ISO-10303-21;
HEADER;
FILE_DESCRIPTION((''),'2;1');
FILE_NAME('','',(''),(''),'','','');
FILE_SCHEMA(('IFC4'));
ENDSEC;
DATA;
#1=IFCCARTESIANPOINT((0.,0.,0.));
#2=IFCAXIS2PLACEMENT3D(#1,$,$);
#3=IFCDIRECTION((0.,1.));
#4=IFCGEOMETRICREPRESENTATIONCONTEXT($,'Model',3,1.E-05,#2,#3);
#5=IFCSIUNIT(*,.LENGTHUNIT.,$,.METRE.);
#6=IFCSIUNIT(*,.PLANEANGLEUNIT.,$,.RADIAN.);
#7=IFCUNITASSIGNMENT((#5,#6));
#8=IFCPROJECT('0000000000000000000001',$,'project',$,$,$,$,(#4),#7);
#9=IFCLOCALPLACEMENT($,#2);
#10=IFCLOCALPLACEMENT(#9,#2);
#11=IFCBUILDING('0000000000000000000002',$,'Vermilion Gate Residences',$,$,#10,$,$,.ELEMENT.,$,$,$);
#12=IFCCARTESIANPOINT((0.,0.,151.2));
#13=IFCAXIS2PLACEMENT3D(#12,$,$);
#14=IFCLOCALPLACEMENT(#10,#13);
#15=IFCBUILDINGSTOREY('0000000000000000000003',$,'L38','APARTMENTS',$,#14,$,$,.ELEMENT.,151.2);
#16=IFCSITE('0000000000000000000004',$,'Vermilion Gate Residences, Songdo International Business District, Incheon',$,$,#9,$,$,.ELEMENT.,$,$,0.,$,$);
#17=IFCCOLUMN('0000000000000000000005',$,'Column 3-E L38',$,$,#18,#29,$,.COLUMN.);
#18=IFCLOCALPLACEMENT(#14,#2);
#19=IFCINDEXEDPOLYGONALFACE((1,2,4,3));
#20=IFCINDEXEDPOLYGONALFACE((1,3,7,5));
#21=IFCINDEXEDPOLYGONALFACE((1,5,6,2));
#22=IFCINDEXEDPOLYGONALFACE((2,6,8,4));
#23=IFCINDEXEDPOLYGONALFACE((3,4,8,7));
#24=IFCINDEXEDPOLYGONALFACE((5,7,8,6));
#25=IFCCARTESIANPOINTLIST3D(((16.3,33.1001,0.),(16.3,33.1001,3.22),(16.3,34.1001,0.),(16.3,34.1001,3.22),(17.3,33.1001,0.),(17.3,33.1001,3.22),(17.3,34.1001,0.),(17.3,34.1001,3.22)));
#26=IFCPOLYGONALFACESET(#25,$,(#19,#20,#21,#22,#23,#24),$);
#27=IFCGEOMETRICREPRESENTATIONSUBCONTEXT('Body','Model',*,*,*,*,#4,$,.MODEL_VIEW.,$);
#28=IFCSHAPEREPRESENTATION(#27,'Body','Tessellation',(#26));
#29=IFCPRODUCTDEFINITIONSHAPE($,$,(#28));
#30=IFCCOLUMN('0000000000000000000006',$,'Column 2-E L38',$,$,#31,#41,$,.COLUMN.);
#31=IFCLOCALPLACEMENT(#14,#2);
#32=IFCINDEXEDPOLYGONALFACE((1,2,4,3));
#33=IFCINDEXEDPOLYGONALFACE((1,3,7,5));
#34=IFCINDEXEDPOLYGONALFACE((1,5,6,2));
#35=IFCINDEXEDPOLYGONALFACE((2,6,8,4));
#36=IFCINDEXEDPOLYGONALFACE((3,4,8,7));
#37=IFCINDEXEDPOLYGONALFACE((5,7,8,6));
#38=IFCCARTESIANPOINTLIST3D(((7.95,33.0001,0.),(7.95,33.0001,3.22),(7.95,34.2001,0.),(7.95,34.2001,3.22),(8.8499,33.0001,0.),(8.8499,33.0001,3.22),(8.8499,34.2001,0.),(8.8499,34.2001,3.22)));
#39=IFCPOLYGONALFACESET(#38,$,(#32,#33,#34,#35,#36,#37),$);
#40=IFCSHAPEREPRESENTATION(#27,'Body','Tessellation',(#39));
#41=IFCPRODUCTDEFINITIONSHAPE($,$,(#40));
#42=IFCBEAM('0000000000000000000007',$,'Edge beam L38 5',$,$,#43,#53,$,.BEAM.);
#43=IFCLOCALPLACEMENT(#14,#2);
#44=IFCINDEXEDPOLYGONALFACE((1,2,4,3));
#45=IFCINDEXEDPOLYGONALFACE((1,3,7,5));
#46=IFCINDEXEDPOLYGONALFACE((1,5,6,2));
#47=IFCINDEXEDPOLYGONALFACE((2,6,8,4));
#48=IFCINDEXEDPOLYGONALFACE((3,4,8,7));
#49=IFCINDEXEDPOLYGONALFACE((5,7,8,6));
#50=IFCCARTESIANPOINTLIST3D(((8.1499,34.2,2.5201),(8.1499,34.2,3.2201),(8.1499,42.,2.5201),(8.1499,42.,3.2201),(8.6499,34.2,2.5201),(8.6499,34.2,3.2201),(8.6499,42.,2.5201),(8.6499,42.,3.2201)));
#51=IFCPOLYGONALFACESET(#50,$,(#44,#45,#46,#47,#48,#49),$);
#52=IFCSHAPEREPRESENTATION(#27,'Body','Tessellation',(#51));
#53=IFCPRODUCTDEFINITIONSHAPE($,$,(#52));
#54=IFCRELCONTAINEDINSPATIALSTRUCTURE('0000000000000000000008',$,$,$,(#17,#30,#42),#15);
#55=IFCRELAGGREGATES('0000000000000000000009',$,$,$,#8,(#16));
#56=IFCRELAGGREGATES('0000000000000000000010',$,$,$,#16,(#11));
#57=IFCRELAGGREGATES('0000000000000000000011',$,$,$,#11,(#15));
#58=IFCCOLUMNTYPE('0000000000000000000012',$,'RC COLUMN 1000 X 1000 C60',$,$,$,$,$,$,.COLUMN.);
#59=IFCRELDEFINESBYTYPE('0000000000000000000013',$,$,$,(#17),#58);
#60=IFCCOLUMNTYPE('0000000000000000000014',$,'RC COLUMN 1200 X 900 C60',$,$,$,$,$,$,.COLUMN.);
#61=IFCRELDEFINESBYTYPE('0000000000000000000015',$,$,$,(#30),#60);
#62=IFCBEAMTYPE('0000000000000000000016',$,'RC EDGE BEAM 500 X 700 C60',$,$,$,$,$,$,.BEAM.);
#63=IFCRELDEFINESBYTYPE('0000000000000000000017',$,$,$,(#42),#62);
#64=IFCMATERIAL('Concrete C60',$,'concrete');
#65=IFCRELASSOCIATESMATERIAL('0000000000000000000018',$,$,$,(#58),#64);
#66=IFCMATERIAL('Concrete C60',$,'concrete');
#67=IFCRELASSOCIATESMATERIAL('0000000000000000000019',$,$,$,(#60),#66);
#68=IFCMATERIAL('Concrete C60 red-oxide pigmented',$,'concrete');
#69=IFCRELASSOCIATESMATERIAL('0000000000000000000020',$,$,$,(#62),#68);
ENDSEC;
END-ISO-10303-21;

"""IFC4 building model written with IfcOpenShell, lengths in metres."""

from ifc_helpers import new_model, si_unit, direction, frame, origin, origin_2d, place, context, subcontext, project, spatial, rectangle, extrude, material, material_profile, profile_set, type_object, element, save


model = new_model("IFC4")

# Units and contexts
model_context = context("Model", 3, precision=1e-05, world=origin(), true_north=direction((0.0, 1.0)))
body_context = subcontext(model_context, "Body", "Model", "MODEL_VIEW")
ifc_project = project(units=[si_unit("LENGTHUNIT", "METRE"), si_unit("PLANEANGLEUNIT", "RADIAN")], contexts=[model_context])

# Site, building, storey
site_placement = place(None, origin())
site = spatial("IfcSite", under=ifc_project, at=site_placement, Name="Vermilion Gate Residences, Songdo International Business District, Incheon", CompositionType="ELEMENT", RefElevation=0.0)
building_placement = place(site_placement, origin())
building = spatial("IfcBuilding", under=site, at=building_placement, Name="Vermilion Gate Residences", CompositionType="ELEMENT")
storey_placement = place(building_placement, frame((0.0, 0.0, 151.2)))
storey = spatial("IfcBuildingStorey", under=building, at=storey_placement, Name="L38", Description="APARTMENTS", CompositionType="ELEMENT", Elevation=151.2)

# Columns
ifc_material_1 = material(Name="Concrete C60", Category="concrete")
ifc_material_profile_1 = material_profile(ifc_material_1, rectangle(XDim=1.0, YDim=1.0, at=origin_2d()), Name="RC-1000x1000")
ifc_profile_set_1 = profile_set([ifc_material_profile_1], Name="Concrete C60")
column_type_1 = type_object("IfcColumnType", Name="RC COLUMN 1000 X 1000 C60", PredefinedType="COLUMN", material=ifc_profile_set_1)
column_1_placement = place(storey_placement, frame((16.8, 33.6001, 0.0), z_axis=(0.0, 0.0, 1.0), x_axis=(1.0, 0.0, 0.0)))
element("IfcColumn", 1, at=column_1_placement, inside=storey, type_object=column_type_1, Name="Column 3-E L38", PredefinedType="COLUMN", context=body_context, shape_type="SweptSolid", body=[
    extrude(rectangle(XDim=1.0, YDim=1.0, at=origin_2d()), origin(), (0.0, 0.0, 1.0), 3.22),
])
ifc_material_2 = material(Name="Concrete C60", Category="concrete")
ifc_material_profile_2 = material_profile(ifc_material_2, rectangle(XDim=1.2, YDim=0.8999, at=origin_2d()), Name="RC-1200x900")
ifc_profile_set_2 = profile_set([ifc_material_profile_2], Name="Concrete C60")
column_type_2 = type_object("IfcColumnType", Name="RC COLUMN 1200 X 900 C60", PredefinedType="COLUMN", material=ifc_profile_set_2)
column_2_placement = place(storey_placement, frame((8.3999, 33.6001, 0.0), z_axis=(0.0, 0.0, 1.0), x_axis=(0.0, 1.0, 0.0)))
element("IfcColumn", 2, at=column_2_placement, inside=storey, type_object=column_type_2, Name="Column 2-E L38", PredefinedType="COLUMN", context=body_context, shape_type="SweptSolid", body=[
    extrude(rectangle(XDim=1.2, YDim=0.8999, at=origin_2d()), origin(), (0.0, 0.0, 1.0), 3.22),
])

# Beam
ifc_material_3 = material(Name="Concrete C60 red-oxide pigmented", Category="concrete")
ifc_material_profile_3 = material_profile(ifc_material_3, rectangle(XDim=0.5, YDim=0.7, at=origin_2d()), Name="RC-500x700")
ifc_profile_set_3 = profile_set([ifc_material_profile_3], Name="Concrete C60 red-oxide pigmented")
beam_type = type_object("IfcBeamType", Name="RC EDGE BEAM 500 X 700 C60", PredefinedType="BEAM", material=ifc_profile_set_3)
beam_placement = place(storey_placement, frame((8.3999, 34.2, 2.8701), z_axis=(0.0, 1.0, 0.0), x_axis=(-1.0, 0.0, 0.0)))
element("IfcBeam", 3, at=beam_placement, inside=storey, type_object=beam_type, Name="Edge beam L38 5", PredefinedType="BEAM", context=body_context, shape_type="SweptSolid", body=[
    extrude(rectangle(XDim=0.5, YDim=0.7, at=origin_2d()), origin(), (0.0, 0.0, 1.0), 7.8),
])

save(model, "model.ifc")
